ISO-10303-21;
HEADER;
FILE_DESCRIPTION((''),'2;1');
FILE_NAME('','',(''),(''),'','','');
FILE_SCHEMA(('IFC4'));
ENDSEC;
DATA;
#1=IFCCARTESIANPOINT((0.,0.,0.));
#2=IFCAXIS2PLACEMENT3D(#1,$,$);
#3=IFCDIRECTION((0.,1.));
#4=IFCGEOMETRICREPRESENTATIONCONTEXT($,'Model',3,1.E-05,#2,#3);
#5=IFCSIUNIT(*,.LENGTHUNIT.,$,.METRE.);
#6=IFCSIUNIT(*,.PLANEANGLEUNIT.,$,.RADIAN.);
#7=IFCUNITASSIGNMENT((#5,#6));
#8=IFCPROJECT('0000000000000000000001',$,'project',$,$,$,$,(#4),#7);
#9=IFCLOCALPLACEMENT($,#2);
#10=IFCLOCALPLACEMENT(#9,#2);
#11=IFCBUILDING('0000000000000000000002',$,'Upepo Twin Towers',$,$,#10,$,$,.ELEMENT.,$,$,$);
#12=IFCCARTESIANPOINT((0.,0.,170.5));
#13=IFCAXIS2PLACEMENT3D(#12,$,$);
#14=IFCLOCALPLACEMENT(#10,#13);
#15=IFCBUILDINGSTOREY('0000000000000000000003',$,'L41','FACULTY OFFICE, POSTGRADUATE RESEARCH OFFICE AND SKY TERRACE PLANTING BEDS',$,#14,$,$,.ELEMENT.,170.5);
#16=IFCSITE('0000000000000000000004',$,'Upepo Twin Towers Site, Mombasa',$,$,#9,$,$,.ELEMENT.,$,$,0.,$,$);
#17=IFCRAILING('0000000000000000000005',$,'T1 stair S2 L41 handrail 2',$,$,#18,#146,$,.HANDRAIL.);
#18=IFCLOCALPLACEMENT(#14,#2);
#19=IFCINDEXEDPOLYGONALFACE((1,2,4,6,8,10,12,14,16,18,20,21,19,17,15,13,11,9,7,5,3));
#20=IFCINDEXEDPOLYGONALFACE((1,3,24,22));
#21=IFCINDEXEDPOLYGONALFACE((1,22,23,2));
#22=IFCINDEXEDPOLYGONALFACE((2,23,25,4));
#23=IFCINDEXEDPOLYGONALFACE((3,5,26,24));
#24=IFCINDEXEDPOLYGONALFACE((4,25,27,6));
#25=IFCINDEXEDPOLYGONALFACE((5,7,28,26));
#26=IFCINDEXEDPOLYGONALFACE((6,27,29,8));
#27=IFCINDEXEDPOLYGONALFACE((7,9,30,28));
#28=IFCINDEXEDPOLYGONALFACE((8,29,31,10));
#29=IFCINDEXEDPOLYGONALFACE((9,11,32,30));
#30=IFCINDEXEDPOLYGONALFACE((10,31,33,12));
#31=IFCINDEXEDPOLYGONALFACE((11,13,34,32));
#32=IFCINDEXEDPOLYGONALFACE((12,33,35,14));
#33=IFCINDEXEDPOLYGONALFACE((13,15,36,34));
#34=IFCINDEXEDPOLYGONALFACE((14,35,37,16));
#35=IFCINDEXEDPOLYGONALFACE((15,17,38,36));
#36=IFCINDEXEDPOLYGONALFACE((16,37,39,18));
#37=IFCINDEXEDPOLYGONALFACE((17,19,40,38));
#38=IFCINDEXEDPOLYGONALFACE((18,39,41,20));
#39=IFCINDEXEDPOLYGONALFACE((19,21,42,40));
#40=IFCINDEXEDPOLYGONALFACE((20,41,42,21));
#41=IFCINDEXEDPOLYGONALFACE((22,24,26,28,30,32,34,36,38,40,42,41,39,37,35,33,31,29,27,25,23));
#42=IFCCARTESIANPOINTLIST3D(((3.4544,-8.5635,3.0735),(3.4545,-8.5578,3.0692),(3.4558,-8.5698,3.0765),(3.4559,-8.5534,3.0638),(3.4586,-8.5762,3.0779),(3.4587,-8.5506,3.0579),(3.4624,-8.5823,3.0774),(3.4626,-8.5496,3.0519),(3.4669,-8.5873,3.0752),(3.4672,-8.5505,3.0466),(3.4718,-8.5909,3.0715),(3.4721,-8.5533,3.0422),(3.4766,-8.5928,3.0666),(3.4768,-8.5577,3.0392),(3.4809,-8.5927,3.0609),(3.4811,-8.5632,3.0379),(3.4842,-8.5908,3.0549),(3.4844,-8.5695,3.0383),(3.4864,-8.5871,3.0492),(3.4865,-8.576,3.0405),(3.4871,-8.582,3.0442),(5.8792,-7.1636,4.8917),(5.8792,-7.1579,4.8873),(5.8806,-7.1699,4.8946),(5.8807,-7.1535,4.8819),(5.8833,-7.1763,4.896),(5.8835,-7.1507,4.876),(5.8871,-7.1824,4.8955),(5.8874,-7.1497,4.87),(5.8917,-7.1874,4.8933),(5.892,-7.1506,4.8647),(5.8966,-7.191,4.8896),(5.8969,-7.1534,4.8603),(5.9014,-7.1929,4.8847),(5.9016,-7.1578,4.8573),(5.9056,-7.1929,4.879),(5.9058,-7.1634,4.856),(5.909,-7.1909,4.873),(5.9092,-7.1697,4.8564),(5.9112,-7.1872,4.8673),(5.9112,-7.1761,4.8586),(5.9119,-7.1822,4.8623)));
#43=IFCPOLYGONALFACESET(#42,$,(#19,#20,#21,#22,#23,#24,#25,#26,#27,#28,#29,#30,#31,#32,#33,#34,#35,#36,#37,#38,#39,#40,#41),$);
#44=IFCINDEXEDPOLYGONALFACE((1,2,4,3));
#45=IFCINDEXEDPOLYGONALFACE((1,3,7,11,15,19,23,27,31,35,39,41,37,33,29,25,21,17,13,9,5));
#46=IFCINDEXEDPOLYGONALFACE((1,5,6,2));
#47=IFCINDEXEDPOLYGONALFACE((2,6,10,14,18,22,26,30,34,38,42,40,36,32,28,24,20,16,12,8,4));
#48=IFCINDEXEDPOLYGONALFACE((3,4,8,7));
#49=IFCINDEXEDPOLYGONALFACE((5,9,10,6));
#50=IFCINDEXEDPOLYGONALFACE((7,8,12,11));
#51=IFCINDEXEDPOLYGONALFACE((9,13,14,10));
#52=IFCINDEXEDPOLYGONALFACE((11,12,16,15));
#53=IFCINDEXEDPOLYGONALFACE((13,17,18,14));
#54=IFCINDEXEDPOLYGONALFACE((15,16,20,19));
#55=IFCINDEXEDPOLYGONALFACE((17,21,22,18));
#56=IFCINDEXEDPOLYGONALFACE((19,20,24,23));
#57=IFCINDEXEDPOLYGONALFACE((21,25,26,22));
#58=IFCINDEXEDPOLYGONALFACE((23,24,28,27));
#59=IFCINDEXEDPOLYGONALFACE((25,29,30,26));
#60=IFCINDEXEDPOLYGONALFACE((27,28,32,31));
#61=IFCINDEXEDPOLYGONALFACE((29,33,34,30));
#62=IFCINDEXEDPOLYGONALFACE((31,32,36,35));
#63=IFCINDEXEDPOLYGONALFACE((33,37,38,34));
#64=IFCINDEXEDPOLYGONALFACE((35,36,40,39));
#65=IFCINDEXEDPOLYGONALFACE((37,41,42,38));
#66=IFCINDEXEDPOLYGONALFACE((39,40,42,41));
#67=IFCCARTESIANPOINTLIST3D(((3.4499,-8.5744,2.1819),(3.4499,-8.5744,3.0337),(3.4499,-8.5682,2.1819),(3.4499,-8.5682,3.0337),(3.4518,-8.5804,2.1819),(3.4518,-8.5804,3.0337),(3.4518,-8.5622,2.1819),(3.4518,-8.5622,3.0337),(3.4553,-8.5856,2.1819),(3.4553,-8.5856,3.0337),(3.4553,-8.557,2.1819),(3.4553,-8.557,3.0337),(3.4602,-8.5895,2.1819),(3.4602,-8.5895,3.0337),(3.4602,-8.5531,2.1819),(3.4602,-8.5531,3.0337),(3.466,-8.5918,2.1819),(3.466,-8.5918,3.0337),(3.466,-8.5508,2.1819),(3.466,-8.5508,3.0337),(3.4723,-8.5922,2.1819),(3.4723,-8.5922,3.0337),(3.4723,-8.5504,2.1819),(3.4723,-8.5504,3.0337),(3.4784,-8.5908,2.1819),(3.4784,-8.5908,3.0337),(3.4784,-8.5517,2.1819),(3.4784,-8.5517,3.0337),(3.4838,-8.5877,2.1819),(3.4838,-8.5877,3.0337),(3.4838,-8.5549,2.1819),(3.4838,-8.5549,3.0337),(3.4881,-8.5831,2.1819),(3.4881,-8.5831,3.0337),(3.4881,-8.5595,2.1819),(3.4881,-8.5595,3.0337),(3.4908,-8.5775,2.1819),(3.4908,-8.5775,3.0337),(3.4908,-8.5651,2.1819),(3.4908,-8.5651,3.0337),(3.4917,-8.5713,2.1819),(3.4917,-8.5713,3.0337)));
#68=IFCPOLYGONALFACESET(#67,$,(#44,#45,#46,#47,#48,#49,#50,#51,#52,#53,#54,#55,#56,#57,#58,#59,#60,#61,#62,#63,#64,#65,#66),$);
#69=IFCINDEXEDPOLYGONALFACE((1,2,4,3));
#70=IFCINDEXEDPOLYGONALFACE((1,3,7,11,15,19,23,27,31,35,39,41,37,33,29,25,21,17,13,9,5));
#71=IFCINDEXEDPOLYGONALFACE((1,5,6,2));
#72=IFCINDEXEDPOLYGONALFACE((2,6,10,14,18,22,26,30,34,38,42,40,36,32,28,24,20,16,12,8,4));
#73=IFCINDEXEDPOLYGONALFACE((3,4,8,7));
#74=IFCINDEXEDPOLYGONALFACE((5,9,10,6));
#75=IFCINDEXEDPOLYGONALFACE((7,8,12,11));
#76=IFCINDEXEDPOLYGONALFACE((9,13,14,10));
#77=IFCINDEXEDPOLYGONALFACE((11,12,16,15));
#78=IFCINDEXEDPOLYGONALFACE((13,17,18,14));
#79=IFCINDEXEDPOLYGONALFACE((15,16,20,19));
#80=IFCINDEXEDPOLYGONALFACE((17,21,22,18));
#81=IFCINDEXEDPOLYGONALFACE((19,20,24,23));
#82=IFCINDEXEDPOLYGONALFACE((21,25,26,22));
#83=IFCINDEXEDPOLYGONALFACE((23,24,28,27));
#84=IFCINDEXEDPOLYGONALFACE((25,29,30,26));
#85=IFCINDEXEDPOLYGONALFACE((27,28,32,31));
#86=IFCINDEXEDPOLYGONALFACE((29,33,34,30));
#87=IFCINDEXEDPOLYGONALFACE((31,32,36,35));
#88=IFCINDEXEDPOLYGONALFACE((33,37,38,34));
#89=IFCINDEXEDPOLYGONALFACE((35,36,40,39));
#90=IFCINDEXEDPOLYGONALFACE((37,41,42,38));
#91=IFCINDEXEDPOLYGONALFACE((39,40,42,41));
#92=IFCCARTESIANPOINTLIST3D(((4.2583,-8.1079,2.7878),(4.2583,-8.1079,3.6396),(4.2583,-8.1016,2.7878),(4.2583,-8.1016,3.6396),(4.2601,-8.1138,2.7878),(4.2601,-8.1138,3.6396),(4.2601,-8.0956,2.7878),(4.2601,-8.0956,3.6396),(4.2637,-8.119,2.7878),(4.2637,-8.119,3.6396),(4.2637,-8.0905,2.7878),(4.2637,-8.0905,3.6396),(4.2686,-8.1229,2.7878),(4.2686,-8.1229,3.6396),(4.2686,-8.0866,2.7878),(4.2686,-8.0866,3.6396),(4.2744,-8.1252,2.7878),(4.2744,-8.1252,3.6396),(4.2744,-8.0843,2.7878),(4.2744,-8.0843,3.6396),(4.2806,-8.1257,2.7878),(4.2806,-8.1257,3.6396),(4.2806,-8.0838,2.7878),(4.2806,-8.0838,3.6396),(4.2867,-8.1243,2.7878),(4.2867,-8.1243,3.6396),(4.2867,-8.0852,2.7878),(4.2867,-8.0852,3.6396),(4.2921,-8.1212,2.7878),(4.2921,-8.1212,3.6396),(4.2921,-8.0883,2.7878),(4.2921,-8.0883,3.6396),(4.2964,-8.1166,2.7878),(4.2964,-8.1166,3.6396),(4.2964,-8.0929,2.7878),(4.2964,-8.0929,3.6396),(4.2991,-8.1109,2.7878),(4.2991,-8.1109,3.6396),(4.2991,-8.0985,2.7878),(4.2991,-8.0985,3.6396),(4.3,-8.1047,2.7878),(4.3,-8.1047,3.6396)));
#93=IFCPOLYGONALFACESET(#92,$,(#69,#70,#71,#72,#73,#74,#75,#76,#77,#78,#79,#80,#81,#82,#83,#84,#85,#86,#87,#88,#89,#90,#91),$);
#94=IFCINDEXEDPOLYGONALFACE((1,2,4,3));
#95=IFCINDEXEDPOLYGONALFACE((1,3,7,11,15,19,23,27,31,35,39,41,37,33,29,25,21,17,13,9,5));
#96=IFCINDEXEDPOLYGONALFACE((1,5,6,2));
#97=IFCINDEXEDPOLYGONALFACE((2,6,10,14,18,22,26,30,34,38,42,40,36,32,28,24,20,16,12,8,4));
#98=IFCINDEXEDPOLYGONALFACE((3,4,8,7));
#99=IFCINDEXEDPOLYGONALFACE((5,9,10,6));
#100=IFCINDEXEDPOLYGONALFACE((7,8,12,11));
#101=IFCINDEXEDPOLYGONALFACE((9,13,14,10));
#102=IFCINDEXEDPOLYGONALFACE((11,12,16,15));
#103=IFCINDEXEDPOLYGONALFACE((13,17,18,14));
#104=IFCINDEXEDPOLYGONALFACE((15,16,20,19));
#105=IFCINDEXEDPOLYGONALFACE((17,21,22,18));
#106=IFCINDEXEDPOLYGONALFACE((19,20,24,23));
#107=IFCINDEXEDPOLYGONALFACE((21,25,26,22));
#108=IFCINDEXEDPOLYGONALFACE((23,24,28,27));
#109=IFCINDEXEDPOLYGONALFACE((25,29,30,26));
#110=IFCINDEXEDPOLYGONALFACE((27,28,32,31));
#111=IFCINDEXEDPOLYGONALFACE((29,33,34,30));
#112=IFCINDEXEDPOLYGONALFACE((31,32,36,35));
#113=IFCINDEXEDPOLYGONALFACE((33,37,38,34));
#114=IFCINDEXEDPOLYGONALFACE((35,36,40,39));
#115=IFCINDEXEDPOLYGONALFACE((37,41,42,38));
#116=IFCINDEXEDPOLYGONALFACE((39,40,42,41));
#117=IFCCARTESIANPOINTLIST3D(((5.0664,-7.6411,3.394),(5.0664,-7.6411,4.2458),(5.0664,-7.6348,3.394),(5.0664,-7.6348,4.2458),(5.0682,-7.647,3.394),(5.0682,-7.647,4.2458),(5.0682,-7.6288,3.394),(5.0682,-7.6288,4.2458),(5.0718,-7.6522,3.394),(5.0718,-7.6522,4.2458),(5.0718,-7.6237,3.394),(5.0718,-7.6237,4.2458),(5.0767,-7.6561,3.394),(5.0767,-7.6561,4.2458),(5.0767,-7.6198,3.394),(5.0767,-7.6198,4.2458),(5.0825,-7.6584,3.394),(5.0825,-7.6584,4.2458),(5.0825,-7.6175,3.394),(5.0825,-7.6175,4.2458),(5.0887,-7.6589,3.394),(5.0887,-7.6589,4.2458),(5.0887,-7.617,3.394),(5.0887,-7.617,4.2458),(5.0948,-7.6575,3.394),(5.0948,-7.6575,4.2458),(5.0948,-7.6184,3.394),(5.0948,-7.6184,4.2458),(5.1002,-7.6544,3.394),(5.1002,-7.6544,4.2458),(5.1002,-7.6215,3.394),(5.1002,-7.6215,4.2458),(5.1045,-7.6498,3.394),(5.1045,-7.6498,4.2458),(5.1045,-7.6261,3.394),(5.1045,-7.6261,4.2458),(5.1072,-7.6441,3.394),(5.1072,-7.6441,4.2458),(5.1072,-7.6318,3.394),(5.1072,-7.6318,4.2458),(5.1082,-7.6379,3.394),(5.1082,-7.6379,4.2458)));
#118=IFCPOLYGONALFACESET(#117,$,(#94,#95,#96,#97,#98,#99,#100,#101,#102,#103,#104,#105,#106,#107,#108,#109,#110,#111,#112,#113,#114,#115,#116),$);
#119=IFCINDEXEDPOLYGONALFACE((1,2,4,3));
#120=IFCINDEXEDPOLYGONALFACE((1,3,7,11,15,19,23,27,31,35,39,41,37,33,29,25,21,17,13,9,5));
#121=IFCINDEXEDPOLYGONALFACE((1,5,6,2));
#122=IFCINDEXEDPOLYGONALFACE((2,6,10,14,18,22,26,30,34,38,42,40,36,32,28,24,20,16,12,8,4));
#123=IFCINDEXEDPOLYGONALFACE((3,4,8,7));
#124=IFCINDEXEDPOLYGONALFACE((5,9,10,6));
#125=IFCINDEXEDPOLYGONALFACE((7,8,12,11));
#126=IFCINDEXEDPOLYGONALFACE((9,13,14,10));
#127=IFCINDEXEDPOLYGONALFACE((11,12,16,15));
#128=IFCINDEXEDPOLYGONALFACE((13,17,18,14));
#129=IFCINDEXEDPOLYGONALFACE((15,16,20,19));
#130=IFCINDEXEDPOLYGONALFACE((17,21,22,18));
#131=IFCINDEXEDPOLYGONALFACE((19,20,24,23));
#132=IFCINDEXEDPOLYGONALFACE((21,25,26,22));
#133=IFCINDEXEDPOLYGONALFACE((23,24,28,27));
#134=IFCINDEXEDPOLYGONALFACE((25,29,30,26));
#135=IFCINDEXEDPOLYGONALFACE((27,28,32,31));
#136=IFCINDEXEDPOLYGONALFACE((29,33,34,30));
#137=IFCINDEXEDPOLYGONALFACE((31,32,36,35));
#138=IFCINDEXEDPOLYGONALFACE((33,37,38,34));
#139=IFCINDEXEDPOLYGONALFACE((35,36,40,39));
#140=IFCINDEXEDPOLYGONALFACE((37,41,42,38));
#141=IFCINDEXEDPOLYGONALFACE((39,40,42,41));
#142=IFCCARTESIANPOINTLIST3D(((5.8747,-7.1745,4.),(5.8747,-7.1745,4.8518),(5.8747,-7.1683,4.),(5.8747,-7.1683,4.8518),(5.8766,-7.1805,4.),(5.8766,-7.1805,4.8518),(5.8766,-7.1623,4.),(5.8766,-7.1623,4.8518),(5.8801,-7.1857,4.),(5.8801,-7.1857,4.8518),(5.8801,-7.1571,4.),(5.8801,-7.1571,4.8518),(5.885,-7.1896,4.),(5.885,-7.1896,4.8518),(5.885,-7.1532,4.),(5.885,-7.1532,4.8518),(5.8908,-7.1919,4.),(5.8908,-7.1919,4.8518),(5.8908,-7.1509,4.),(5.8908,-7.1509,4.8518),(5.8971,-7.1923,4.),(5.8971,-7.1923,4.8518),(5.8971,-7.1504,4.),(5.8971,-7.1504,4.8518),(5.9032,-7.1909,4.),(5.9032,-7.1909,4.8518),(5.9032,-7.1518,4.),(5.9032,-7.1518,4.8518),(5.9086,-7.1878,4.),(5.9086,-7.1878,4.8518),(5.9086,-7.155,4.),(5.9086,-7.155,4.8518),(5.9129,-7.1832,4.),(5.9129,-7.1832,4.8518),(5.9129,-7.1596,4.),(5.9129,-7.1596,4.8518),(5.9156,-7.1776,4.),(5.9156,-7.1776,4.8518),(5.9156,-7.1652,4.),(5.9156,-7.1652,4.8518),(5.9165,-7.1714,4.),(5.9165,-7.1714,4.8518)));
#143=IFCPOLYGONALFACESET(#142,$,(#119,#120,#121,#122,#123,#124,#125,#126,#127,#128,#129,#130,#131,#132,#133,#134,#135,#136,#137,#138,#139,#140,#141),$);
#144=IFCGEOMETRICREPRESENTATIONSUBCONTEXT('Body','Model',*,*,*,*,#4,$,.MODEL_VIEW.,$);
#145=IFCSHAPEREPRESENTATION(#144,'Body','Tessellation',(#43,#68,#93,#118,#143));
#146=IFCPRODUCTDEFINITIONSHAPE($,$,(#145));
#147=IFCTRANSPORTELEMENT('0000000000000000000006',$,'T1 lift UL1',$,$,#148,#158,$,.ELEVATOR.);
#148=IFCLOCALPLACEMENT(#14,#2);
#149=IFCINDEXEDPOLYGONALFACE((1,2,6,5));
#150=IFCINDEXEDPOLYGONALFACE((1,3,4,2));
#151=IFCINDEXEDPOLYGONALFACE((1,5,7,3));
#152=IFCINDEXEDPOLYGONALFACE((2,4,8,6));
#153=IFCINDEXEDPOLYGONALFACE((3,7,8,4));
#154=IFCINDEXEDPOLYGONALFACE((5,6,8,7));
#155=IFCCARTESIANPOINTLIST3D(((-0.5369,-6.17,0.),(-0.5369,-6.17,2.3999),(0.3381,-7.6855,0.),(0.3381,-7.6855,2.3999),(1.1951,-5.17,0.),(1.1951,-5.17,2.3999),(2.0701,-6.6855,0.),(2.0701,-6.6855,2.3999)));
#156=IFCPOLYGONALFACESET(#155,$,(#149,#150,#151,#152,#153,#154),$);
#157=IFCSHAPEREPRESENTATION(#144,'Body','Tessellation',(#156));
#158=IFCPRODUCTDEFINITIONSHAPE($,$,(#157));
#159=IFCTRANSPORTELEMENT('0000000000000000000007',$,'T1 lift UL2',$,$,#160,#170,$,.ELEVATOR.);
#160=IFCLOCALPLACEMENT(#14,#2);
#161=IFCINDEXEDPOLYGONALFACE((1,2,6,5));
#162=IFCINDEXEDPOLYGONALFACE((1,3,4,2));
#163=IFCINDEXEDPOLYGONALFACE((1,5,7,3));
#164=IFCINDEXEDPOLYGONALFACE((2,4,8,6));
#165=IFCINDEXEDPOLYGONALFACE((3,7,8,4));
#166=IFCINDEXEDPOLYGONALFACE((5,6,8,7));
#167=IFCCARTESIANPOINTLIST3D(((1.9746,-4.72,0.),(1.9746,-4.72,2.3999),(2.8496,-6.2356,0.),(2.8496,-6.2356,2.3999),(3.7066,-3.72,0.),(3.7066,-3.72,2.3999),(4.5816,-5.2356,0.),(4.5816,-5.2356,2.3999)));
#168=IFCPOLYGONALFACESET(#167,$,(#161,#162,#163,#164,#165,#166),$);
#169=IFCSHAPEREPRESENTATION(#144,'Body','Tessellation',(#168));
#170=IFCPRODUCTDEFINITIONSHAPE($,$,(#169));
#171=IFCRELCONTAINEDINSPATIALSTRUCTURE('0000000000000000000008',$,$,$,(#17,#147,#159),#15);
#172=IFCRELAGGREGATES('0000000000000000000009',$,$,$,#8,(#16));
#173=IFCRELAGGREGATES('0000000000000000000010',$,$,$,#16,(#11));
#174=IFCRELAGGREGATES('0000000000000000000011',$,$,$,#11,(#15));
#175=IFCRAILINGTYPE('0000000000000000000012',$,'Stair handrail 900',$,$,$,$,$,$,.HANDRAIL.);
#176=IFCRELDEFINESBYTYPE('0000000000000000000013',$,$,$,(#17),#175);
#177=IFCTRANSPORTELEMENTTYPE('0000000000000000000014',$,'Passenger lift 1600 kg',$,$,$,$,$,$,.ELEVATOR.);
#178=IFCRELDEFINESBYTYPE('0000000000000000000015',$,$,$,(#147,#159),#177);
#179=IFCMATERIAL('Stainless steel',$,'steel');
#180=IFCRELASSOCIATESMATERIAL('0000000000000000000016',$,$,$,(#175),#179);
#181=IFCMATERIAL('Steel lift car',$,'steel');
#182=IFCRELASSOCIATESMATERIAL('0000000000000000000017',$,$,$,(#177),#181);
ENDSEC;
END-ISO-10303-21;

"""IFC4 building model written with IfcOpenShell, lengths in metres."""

from ifc_helpers import new_model, si_unit, direction, frame, origin, origin_2d, place, context, subcontext, project, spatial, rectangle, circle, extrude, material, type_object, element, save


model = new_model("IFC4")

# Units and contexts
model_context = context("Model", 3, precision=1e-05, world=origin(), true_north=direction((0.0, 1.0)))
body_context = subcontext(model_context, "Body", "Model", "MODEL_VIEW")
ifc_project = project(units=[si_unit("LENGTHUNIT", "METRE"), si_unit("PLANEANGLEUNIT", "RADIAN")], contexts=[model_context])

# Site, building, storey
site_placement = place(None, origin())
site = spatial("IfcSite", under=ifc_project, at=site_placement, Name="Upepo Twin Towers Site, Mombasa", CompositionType="ELEMENT", RefElevation=0.0)
building_placement = place(site_placement, origin())
building = spatial("IfcBuilding", under=site, at=building_placement, Name="Upepo Twin Towers", CompositionType="ELEMENT")
storey_placement = place(building_placement, frame((0.0, 0.0, 170.5)))
storey = spatial("IfcBuildingStorey", under=building, at=storey_placement, Name="L41", Description="FACULTY OFFICE, POSTGRADUATE RESEARCH OFFICE AND SKY TERRACE PLANTING BEDS", CompositionType="ELEMENT", Elevation=170.5)

# Railing
ifc_material_1 = material(Name="Stainless steel", Category="steel")
railing_type_1 = type_object("IfcRailingType", Name="Stair handrail 900", PredefinedType="HANDRAIL", material=ifc_material_1)
railing_1_placement = place(storey_placement, frame((3.4707, -8.5713, 2.1819)))
element("IfcRailing", 1, at=railing_1_placement, inside=storey, type_object=railing_type_1, Name="T1 stair S2 L41 handrail 2", PredefinedType="HANDRAIL", context=body_context, shape_type="SweptSolid", body=[
    extrude(circle(Radius=0.0239, at=origin_2d()), frame((0.0, 0.0, 0.876), z_axis=(0.726336, 0.419333, 0.544606), x_axis=(-0.499984, 0.866035, 0.0)), (0.0, 0.0, 1.0), 3.3384),
    extrude(circle(Radius=0.021, at=origin_2d()), origin(), (0.0, 0.0, 1.0), 0.8518),
    extrude(circle(Radius=0.021, at=origin_2d()), frame((0.8083, 0.4666, 0.606)), (0.0, 0.0, 1.0), 0.8518),
    extrude(circle(Radius=0.021, at=origin_2d()), frame((1.6165, 0.9333, 1.2122)), (0.0, 0.0, 1.0), 0.8518),
    extrude(circle(Radius=0.021, at=origin_2d()), frame((2.4248, 1.3999, 1.8181)), (0.0, 0.0, 1.0), 0.8518),
])

# Transport elements
ifc_material_2 = material(Name="Steel lift car", Category="steel")
transport_element_type = type_object("IfcTransportElementType", Name="Passenger lift 1600 kg", PredefinedType="ELEVATOR", material=ifc_material_2)
for number, where, z_axis, x_axis, name in (
    (2, (0.7666, -6.4277, 0.0), (0.0, 0.0, 1.0), (0.866025, 0.5, 0.0), "T1 lift UL1"),
    (3, (3.2781, -4.9778, 0.0), (0.0, 0.0, 1.0), (0.866025, 0.5, 0.0), "T1 lift UL2"),
):
    element("IfcTransportElement", number, at=place(storey_placement, frame(where, z_axis=z_axis, x_axis=x_axis)), inside=storey, type_object=transport_element_type, Name=name, PredefinedType="ELEVATOR", context=body_context, shape_type="SweptSolid", body=[
        extrude(rectangle(XDim=2.0, YDim=1.75, at=origin_2d()), origin(), (0.0, 0.0, 1.0), 2.3999),
    ])

save(model, "model.ifc")
